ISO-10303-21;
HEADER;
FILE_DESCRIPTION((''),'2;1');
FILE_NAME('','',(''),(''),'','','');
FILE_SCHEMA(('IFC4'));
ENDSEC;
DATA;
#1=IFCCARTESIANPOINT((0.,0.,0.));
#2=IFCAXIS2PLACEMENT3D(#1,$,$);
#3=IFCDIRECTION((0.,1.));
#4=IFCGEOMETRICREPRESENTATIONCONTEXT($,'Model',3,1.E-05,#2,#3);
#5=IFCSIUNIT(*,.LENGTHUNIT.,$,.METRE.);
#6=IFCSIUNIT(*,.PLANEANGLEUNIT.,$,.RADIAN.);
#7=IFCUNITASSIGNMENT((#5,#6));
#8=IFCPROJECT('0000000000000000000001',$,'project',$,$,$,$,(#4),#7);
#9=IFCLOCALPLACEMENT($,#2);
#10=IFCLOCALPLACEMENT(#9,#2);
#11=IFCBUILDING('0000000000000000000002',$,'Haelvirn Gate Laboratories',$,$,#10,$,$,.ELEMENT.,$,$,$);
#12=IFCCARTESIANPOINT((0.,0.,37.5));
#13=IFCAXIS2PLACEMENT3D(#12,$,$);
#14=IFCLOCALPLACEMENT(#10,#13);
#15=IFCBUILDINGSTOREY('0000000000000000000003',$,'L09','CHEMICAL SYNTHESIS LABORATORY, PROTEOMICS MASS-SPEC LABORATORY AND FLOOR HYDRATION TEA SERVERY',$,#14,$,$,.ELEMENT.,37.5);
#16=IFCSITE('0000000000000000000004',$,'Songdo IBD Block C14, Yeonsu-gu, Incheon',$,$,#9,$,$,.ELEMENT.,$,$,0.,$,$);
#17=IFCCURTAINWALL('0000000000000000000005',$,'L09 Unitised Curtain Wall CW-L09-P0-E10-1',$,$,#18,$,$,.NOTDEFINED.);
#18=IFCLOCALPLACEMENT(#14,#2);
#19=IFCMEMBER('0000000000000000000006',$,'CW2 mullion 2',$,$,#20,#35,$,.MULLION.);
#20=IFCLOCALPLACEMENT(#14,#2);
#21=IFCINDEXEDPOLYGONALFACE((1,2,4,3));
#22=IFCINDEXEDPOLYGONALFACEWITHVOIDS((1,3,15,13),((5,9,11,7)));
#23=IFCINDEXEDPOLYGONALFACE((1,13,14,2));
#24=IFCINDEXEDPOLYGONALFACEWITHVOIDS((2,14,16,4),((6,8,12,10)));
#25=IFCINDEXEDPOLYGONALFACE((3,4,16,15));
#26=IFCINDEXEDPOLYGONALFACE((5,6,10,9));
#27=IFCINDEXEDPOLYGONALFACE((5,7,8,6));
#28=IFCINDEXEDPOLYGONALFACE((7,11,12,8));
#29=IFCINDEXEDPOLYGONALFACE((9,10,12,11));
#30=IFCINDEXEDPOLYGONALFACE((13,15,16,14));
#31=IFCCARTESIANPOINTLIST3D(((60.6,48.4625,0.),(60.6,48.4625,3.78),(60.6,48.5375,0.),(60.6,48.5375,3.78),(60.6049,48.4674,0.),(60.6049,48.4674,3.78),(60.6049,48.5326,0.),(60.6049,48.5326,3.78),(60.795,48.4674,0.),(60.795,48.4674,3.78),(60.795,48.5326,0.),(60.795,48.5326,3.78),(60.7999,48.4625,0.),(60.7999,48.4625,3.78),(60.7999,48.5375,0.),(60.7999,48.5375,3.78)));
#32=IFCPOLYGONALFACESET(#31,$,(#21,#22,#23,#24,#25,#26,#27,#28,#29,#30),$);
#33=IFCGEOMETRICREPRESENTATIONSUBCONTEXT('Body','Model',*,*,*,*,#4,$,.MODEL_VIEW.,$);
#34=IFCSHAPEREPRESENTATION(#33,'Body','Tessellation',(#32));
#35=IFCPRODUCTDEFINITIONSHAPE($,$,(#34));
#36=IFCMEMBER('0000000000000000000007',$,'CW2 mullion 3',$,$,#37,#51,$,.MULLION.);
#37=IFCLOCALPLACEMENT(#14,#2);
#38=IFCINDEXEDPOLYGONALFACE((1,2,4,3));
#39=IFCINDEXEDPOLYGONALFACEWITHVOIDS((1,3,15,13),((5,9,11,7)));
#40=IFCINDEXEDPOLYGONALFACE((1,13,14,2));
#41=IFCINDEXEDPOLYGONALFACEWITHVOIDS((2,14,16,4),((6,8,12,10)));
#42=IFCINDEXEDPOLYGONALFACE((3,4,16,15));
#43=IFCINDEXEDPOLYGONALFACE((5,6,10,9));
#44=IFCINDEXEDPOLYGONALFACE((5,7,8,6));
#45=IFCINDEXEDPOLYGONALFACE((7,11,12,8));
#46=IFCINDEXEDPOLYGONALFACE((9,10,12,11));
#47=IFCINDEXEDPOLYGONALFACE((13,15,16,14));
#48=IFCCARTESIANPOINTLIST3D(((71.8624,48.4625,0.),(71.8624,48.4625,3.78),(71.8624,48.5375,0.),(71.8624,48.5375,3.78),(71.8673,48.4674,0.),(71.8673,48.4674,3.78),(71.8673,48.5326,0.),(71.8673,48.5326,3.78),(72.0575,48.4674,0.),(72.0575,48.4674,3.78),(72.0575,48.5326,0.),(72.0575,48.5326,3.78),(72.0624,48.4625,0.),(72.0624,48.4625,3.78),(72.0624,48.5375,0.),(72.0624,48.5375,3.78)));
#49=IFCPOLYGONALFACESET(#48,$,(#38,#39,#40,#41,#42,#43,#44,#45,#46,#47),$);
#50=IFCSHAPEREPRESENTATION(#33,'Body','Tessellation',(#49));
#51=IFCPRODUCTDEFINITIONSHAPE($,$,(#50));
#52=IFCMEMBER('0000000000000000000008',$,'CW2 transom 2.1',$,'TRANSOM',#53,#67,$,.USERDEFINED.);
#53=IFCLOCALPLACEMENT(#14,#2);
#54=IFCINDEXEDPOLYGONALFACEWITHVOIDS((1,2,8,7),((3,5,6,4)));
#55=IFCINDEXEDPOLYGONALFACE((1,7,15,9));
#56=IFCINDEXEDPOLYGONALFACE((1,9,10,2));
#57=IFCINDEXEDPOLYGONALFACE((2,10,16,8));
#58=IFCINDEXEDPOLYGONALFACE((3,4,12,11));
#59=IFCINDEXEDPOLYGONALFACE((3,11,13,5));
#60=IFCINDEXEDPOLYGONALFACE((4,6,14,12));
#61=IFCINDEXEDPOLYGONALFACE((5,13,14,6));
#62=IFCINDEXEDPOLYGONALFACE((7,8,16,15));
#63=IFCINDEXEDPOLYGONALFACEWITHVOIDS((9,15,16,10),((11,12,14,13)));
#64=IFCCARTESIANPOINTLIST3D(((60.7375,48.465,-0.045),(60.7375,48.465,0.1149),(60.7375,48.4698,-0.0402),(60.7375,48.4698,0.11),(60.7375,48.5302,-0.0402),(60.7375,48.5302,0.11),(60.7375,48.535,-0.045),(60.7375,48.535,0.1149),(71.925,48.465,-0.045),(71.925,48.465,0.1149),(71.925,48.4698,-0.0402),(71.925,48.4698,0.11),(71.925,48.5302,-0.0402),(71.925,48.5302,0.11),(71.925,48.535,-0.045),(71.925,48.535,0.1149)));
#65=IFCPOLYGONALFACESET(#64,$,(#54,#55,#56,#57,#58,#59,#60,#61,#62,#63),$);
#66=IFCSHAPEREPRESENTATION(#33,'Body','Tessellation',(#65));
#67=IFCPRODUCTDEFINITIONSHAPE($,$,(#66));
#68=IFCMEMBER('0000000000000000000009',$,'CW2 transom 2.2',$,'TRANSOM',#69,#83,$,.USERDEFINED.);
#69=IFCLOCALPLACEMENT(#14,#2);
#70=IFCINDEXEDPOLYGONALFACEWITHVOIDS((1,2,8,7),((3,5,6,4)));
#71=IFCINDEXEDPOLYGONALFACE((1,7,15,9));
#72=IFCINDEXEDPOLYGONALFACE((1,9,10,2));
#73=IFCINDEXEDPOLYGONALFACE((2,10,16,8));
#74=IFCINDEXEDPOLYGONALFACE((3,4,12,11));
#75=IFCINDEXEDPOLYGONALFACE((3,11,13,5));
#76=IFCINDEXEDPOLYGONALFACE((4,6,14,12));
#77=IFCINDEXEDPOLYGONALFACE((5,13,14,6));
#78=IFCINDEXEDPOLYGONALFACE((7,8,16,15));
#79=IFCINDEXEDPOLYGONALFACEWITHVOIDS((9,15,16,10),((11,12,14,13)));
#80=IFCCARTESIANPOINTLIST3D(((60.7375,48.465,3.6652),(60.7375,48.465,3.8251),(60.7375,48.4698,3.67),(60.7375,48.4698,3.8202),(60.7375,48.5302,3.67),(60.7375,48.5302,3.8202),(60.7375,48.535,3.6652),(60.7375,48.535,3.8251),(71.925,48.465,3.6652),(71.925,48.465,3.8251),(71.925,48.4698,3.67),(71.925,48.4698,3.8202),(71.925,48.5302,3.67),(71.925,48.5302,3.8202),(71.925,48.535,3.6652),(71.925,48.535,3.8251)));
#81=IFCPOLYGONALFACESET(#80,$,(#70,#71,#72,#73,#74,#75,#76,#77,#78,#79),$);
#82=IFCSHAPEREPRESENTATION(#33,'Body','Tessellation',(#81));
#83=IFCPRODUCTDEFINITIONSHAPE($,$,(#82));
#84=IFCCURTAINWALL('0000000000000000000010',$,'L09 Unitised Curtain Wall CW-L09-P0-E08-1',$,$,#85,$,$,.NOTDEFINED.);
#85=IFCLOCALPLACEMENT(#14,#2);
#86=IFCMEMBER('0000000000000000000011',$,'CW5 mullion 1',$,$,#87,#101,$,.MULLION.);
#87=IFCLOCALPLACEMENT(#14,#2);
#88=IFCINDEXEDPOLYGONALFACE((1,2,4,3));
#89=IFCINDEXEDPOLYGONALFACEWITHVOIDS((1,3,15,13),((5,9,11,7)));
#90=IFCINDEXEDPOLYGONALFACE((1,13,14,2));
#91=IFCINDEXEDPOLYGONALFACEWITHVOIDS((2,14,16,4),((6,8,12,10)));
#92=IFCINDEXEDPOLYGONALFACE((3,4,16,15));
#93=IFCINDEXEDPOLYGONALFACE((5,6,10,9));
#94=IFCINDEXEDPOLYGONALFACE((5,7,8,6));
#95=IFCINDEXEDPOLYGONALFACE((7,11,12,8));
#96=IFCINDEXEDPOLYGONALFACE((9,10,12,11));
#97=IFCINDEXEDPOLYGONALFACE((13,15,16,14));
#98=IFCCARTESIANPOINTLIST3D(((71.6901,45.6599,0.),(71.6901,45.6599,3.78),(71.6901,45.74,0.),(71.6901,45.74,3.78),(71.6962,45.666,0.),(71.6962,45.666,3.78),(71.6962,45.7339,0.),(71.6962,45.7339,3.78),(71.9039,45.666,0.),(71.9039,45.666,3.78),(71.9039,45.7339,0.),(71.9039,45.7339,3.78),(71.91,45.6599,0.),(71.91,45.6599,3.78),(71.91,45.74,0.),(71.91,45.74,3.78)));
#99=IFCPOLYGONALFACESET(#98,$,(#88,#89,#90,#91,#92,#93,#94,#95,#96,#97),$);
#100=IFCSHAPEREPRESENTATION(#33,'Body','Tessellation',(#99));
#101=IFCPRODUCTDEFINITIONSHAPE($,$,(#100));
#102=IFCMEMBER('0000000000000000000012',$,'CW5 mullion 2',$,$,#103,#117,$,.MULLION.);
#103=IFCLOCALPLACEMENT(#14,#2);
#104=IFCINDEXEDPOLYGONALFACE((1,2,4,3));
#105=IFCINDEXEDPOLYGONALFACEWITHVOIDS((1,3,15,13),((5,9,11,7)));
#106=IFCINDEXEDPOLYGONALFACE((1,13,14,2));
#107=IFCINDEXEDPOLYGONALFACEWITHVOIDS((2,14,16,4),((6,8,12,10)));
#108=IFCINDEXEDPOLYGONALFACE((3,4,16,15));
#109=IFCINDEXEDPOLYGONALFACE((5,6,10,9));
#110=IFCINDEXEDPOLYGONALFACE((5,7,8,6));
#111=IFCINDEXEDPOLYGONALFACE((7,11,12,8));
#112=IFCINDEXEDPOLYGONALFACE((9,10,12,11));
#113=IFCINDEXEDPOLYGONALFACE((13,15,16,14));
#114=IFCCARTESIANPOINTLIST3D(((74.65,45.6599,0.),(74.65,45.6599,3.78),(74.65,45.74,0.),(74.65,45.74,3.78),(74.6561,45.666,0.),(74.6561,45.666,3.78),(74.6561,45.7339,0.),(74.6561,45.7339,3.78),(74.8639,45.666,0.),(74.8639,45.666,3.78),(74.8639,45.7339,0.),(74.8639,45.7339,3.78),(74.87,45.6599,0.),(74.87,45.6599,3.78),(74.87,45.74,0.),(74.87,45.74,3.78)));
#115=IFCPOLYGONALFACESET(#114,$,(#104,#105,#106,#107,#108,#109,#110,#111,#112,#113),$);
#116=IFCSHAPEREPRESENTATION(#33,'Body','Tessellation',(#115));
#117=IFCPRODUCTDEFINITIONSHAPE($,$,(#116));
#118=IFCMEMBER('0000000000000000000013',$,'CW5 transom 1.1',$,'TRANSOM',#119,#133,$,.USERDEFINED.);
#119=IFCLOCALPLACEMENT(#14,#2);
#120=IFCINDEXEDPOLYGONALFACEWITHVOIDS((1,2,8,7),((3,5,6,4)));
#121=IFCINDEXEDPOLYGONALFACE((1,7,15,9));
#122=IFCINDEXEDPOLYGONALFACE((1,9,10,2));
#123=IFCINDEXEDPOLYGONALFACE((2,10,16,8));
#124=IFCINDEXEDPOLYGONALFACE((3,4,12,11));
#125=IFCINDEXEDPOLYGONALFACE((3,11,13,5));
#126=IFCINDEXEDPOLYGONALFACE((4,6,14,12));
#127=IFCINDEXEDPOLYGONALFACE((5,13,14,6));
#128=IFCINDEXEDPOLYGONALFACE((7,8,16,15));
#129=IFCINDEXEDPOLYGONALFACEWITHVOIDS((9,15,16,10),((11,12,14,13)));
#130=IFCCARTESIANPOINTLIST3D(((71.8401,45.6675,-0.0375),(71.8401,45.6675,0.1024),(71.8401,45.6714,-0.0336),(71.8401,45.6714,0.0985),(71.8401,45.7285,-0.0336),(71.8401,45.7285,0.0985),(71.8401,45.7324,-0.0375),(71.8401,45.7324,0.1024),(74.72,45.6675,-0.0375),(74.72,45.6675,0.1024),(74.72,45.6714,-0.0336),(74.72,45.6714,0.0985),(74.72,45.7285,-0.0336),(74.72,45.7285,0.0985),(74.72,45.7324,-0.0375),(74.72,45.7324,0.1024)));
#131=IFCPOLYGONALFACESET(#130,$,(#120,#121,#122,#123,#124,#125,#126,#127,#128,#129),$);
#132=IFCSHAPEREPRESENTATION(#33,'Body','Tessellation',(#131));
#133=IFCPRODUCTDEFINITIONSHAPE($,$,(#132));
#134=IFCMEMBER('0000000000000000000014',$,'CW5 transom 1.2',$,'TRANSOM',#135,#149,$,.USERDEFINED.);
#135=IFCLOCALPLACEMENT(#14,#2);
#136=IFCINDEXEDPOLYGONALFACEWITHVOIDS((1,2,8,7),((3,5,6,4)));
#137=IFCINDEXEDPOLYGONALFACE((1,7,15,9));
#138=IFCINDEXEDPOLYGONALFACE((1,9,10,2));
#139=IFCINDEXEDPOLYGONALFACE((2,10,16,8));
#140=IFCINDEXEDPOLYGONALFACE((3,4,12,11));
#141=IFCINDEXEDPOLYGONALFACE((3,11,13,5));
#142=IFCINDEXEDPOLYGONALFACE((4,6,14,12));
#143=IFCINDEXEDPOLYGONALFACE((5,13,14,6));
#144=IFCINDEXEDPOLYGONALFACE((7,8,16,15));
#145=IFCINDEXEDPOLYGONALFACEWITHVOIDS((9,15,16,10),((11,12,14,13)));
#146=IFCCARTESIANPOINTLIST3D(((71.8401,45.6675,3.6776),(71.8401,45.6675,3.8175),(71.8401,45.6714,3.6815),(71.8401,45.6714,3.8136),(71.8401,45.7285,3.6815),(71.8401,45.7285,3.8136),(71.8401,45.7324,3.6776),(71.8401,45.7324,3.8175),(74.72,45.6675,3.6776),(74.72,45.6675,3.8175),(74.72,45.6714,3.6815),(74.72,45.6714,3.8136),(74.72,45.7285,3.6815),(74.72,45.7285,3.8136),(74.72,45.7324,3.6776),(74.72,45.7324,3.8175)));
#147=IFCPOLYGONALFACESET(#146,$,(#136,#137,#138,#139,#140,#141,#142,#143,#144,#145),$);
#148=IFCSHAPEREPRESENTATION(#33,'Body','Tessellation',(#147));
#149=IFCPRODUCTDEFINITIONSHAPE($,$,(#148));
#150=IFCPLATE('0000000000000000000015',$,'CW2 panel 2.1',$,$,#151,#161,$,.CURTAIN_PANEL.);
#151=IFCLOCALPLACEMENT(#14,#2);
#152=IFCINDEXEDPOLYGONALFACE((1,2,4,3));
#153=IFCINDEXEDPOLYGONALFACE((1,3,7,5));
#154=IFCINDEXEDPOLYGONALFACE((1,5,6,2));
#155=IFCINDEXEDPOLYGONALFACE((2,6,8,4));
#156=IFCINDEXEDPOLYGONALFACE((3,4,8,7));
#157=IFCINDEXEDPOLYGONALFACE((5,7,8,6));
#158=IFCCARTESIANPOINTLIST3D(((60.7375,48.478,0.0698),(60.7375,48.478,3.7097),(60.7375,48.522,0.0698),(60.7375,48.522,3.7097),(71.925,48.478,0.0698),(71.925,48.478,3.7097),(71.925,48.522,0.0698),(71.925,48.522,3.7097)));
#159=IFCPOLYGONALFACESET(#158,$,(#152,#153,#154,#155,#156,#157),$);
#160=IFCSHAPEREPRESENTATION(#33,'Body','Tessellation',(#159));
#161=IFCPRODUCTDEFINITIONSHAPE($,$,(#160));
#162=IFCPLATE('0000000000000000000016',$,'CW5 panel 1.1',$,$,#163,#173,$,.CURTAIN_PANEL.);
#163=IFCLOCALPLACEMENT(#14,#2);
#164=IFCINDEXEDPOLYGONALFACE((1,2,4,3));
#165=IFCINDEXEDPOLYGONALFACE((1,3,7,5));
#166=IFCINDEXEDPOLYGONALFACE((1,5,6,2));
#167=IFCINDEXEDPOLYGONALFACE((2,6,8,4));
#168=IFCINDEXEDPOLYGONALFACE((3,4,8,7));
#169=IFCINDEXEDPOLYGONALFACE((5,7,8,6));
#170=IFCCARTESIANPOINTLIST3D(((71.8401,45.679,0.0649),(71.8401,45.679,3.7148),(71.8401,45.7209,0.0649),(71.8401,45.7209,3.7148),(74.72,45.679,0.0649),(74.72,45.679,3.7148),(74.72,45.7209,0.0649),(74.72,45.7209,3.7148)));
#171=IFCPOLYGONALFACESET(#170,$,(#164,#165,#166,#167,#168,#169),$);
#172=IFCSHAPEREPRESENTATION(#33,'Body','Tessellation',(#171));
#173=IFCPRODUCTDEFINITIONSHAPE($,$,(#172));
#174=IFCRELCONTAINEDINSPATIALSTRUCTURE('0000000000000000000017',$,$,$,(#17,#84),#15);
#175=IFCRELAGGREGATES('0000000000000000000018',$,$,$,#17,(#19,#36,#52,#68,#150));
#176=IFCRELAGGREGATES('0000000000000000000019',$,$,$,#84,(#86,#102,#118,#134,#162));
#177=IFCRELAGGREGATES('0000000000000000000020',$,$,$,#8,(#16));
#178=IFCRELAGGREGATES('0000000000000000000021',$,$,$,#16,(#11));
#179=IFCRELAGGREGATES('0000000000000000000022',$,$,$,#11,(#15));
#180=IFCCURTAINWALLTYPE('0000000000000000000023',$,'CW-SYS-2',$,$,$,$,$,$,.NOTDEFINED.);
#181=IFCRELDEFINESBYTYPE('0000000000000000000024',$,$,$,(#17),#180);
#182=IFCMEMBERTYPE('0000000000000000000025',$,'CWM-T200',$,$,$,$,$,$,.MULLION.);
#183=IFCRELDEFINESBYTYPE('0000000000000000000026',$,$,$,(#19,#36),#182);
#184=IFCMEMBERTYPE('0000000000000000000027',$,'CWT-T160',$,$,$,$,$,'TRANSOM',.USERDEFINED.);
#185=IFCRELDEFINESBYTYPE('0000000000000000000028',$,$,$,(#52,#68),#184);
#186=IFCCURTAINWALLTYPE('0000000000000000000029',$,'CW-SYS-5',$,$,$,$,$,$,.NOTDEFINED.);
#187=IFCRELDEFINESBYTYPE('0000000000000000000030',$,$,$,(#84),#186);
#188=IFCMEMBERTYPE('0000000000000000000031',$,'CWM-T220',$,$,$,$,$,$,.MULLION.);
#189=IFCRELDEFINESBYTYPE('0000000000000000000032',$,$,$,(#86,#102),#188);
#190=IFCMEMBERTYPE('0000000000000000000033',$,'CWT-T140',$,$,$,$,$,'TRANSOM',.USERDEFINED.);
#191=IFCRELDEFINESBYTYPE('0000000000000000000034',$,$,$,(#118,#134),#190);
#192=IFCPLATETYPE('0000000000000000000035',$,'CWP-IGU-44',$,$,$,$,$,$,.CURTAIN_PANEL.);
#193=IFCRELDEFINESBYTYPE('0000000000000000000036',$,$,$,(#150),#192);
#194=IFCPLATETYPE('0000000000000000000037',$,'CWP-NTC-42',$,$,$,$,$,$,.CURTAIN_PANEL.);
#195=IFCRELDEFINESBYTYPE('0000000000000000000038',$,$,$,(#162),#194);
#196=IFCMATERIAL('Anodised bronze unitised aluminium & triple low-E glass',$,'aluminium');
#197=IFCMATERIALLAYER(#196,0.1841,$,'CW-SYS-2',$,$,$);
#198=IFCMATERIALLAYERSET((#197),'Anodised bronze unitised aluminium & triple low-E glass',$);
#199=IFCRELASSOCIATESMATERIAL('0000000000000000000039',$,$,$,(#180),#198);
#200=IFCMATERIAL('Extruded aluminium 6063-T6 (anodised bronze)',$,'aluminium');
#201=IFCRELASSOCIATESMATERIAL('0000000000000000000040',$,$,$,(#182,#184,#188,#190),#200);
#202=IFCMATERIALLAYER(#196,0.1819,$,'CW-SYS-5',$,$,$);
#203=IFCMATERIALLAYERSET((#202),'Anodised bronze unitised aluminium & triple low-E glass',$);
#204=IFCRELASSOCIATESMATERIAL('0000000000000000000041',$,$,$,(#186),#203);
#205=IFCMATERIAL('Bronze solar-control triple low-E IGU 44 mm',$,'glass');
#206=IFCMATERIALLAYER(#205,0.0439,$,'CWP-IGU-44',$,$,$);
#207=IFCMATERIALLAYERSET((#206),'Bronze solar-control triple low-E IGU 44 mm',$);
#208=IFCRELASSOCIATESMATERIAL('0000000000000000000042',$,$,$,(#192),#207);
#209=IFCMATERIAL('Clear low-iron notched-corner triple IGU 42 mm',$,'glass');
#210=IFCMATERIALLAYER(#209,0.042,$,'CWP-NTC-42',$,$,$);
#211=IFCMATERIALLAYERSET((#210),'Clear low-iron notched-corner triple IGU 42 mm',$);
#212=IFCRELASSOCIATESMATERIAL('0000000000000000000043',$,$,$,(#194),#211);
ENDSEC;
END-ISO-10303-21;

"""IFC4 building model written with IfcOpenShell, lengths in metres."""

from ifc_helpers import new_model, si_unit, direction, frame, origin, origin_2d, place, context, subcontext, project, spatial, rectangle, hollow_rectangle, extrude, source, transform, mapped, material, layer, layer_set, material_profile, profile_set, type_object, type_shapes, element, aggregate, save


model = new_model("IFC4")

# Units and contexts
model_context = context("Model", 3, precision=1e-05, world=origin(), true_north=direction((0.0, 1.0)))
body_context = subcontext(model_context, "Body", "Model", "MODEL_VIEW")
ifc_project = project(units=[si_unit("LENGTHUNIT", "METRE"), si_unit("PLANEANGLEUNIT", "RADIAN")], contexts=[model_context])

# Site, building, storey
site_placement = place(None, origin())
site = spatial("IfcSite", under=ifc_project, at=site_placement, Name="Songdo IBD Block C14, Yeonsu-gu, Incheon", CompositionType="ELEMENT", RefElevation=0.0)
building_placement = place(site_placement, origin())
building = spatial("IfcBuilding", under=site, at=building_placement, Name="Haelvirn Gate Laboratories", CompositionType="ELEMENT")
storey_placement = place(building_placement, frame((0.0, 0.0, 37.5)))
storey = spatial("IfcBuildingStorey", under=building, at=storey_placement, Name="L09", Description="CHEMICAL SYNTHESIS LABORATORY, PROTEOMICS MASS-SPEC LABORATORY AND FLOOR HYDRATION TEA SERVERY", CompositionType="ELEMENT", Elevation=37.5)

# Shared definitions
ifc_material_1 = material(Name="Anodised bronze unitised aluminium & triple low-E glass", Category="aluminium")
ifc_layer_1 = layer(ifc_material_1, 0.1841, Name="CW-SYS-2")
ifc_layer_set_1 = layer_set([ifc_layer_1], Name="Anodised bronze unitised aluminium & triple low-E glass")
curtain_wall_type_1 = type_object("IfcCurtainWallType", Name="CW-SYS-2", PredefinedType="NOTDEFINED", material=ifc_layer_set_1)
ifc_material_2 = material(Name="Extruded aluminium 6063-T6 (anodised bronze)", Category="aluminium")
ifc_material_profile_1 = material_profile(ifc_material_2, hollow_rectangle(XDim=0.075, YDim=0.2, WallThickness=0.0049, at=origin_2d()), Name="CWM-200x75x5")
ifc_profile_set_1 = profile_set([ifc_material_profile_1], Name="Extruded aluminium 6063-T6 (anodised bronze)")
member_type_1 = type_object("IfcMemberType", Name="CWM-T200", PredefinedType="MULLION", material=ifc_profile_set_1)
shared_shape_1 = source(origin(), body_context, "Body", "SweptSolid", [
    extrude(hollow_rectangle(XDim=0.075, YDim=0.2, WallThickness=0.0049, at=origin_2d()), origin(), (0.0, 0.0, 1.0), 3.78),
])
type_shapes(member_type_1, [shared_shape_1])

# Curtain walls, members
curtain_wall_1_placement = place(storey_placement, origin())
curtain_wall_1 = element("IfcCurtainWall", 1, at=curtain_wall_1_placement, inside=storey, type_object=curtain_wall_type_1, Name="L09 Unitised Curtain Wall CW-L09-P0-E10-1", PredefinedType="NOTDEFINED")
member_1_placement = place(storey_placement, frame((60.7, 48.5, 0.0), z_axis=(0.0, 0.0, 1.0), x_axis=(0.0, 1.0, 0.0)))
member_1 = element("IfcMember", 2, at=member_1_placement, type_object=member_type_1, Name="CW2 mullion 2", PredefinedType="MULLION", context=body_context, shape_type="MappedRepresentation", body=[
    mapped(shared_shape_1, transform((0.0, 0.0, 0.0), scale=1.0)),
])
member_2_placement = place(storey_placement, frame((71.9624, 48.5, 0.0), z_axis=(0.0, 0.0, 1.0), x_axis=(0.0, 1.0, 0.0)))
member_2 = element("IfcMember", 3, at=member_2_placement, type_object=member_type_1, Name="CW2 mullion 3", PredefinedType="MULLION", context=body_context, shape_type="MappedRepresentation", body=[
    mapped(shared_shape_1, transform((0.0, 0.0, 0.0), scale=1.0)),
])
ifc_material_profile_2 = material_profile(ifc_material_2, hollow_rectangle(XDim=0.0701, YDim=0.1599, WallThickness=0.0049, at=origin_2d()), Name="CWT-160x70x5")
ifc_profile_set_2 = profile_set([ifc_material_profile_2], Name="Extruded aluminium 6063-T6 (anodised bronze)")
member_type_2 = type_object("IfcMemberType", Name="CWT-T160", ElementType="TRANSOM", PredefinedType="USERDEFINED", material=ifc_profile_set_2)
shared_shape_2 = source(origin(), body_context, "Body", "SweptSolid", [
    extrude(hollow_rectangle(XDim=0.0701, YDim=0.1599, WallThickness=0.0049, at=origin_2d()), origin(), (0.0, 0.0, 1.0), 11.1875),
])
type_shapes(member_type_2, [shared_shape_2])
member_3_placement = place(storey_placement, frame((60.7375, 48.5, 0.0349), z_axis=(1.0, 0.0, 0.0), x_axis=(0.0, 1.0, 0.0)))
member_3 = element("IfcMember", 4, at=member_3_placement, type_object=member_type_2, Name="CW2 transom 2.1", ObjectType="TRANSOM", PredefinedType="USERDEFINED", context=body_context, shape_type="MappedRepresentation", body=[
    mapped(shared_shape_2, transform((0.0, 0.0, 0.0), scale=1.0)),
])
member_4_placement = place(storey_placement, frame((60.7375, 48.5, 3.7451), z_axis=(1.0, 0.0, 0.0), x_axis=(0.0, 1.0, 0.0)))
member_4 = element("IfcMember", 5, at=member_4_placement, type_object=member_type_2, Name="CW2 transom 2.2", ObjectType="TRANSOM", PredefinedType="USERDEFINED", context=body_context, shape_type="MappedRepresentation", body=[
    mapped(shared_shape_2, transform((0.0, 0.0, 0.0), scale=1.0)),
])
ifc_layer_2 = layer(ifc_material_1, 0.1819, Name="CW-SYS-5")
ifc_layer_set_2 = layer_set([ifc_layer_2], Name="Anodised bronze unitised aluminium & triple low-E glass")
curtain_wall_type_2 = type_object("IfcCurtainWallType", Name="CW-SYS-5", PredefinedType="NOTDEFINED", material=ifc_layer_set_2)
curtain_wall_2_placement = place(storey_placement, origin())
curtain_wall_2 = element("IfcCurtainWall", 6, at=curtain_wall_2_placement, inside=storey, type_object=curtain_wall_type_2, Name="L09 Unitised Curtain Wall CW-L09-P0-E08-1", PredefinedType="NOTDEFINED")
ifc_material_profile_3 = material_profile(ifc_material_2, hollow_rectangle(XDim=0.0801, YDim=0.22, WallThickness=0.0061, at=origin_2d()), Name="CWM-220x80x6")
ifc_profile_set_3 = profile_set([ifc_material_profile_3], Name="Extruded aluminium 6063-T6 (anodised bronze)")
member_type_3 = type_object("IfcMemberType", Name="CWM-T220", PredefinedType="MULLION", material=ifc_profile_set_3)
shared_shape_3 = source(origin(), body_context, "Body", "SweptSolid", [
    extrude(hollow_rectangle(XDim=0.0801, YDim=0.22, WallThickness=0.0061, at=origin_2d()), origin(), (0.0, 0.0, 1.0), 3.78),
])
type_shapes(member_type_3, [shared_shape_3])
member_5_placement = place(storey_placement, frame((71.8, 45.7, 0.0), z_axis=(0.0, 0.0, 1.0), x_axis=(0.0, 1.0, 0.0)))
member_5 = element("IfcMember", 7, at=member_5_placement, type_object=member_type_3, Name="CW5 mullion 1", PredefinedType="MULLION", context=body_context, shape_type="MappedRepresentation", body=[
    mapped(shared_shape_3, transform((0.0, 0.0, 0.0), scale=1.0)),
])
member_6_placement = place(storey_placement, frame((74.76, 45.7, 0.0), z_axis=(0.0, 0.0, 1.0), x_axis=(0.0, 1.0, 0.0)))
member_6 = element("IfcMember", 8, at=member_6_placement, type_object=member_type_3, Name="CW5 mullion 2", PredefinedType="MULLION", context=body_context, shape_type="MappedRepresentation", body=[
    mapped(shared_shape_3, transform((0.0, 0.0, 0.0), scale=1.0)),
])
ifc_material_profile_4 = material_profile(ifc_material_2, hollow_rectangle(XDim=0.0649, YDim=0.1399, WallThickness=0.0039, at=origin_2d()), Name="CWT-140x65x4")
ifc_profile_set_4 = profile_set([ifc_material_profile_4], Name="Extruded aluminium 6063-T6 (anodised bronze)")
member_type_4 = type_object("IfcMemberType", Name="CWT-T140", ElementType="TRANSOM", PredefinedType="USERDEFINED", material=ifc_profile_set_4)
shared_shape_4 = source(origin(), body_context, "Body", "SweptSolid", [
    extrude(hollow_rectangle(XDim=0.0649, YDim=0.1399, WallThickness=0.0039, at=origin_2d()), origin(), (0.0, 0.0, 1.0), 2.8799),
])
type_shapes(member_type_4, [shared_shape_4])
member_7_placement = place(storey_placement, frame((71.8401, 45.7, 0.0325), z_axis=(1.0, 0.0, 0.0), x_axis=(0.0, 1.0, 0.0)))
member_7 = element("IfcMember", 9, at=member_7_placement, type_object=member_type_4, Name="CW5 transom 1.1", ObjectType="TRANSOM", PredefinedType="USERDEFINED", context=body_context, shape_type="MappedRepresentation", body=[
    mapped(shared_shape_4, transform((0.0, 0.0, 0.0), scale=1.0)),
])
member_8_placement = place(storey_placement, frame((71.8401, 45.7, 3.7476), z_axis=(1.0, 0.0, 0.0), x_axis=(0.0, 1.0, 0.0)))
member_8 = element("IfcMember", 10, at=member_8_placement, type_object=member_type_4, Name="CW5 transom 1.2", ObjectType="TRANSOM", PredefinedType="USERDEFINED", context=body_context, shape_type="MappedRepresentation", body=[
    mapped(shared_shape_4, transform((0.0, 0.0, 0.0), scale=1.0)),
])

# Plates
ifc_material_3 = material(Name="Bronze solar-control triple low-E IGU 44 mm", Category="glass")
ifc_layer_3 = layer(ifc_material_3, 0.0439, Name="CWP-IGU-44")
ifc_layer_set_3 = layer_set([ifc_layer_3], Name="Bronze solar-control triple low-E IGU 44 mm")
plate_type_1 = type_object("IfcPlateType", Name="CWP-IGU-44", PredefinedType="CURTAIN_PANEL", material=ifc_layer_set_3)
shared_shape_5 = source(origin(), body_context, "Body", "SweptSolid", [
    extrude(rectangle(XDim=11.1875, YDim=0.0439, at=origin_2d()), origin(), (0.0, 0.0, 1.0), 3.6399),
])
plate_1_placement = place(storey_placement, frame((66.3313, 48.5, 0.0698), z_axis=(0.0, 0.0, 1.0), x_axis=(1.0, 0.0, 0.0)))
plate_1 = element("IfcPlate", 11, at=plate_1_placement, type_object=plate_type_1, Name="CW2 panel 2.1", PredefinedType="CURTAIN_PANEL", context=body_context, shape_type="MappedRepresentation", body=[
    mapped(shared_shape_5, transform((0.0, 0.0, 0.0), scale=1.0)),
])
aggregate(curtain_wall_1, [member_1, member_2, member_3, member_4, plate_1])
ifc_material_4 = material(Name="Clear low-iron notched-corner triple IGU 42 mm", Category="glass")
ifc_layer_4 = layer(ifc_material_4, 0.042, Name="CWP-NTC-42")
ifc_layer_set_4 = layer_set([ifc_layer_4], Name="Clear low-iron notched-corner triple IGU 42 mm")
plate_type_2 = type_object("IfcPlateType", Name="CWP-NTC-42", PredefinedType="CURTAIN_PANEL", material=ifc_layer_set_4)
shared_shape_6 = source(origin(), body_context, "Body", "SweptSolid", [
    extrude(rectangle(XDim=2.8799, YDim=0.042, at=origin_2d()), origin(), (0.0, 0.0, 1.0), 3.6499),
])
type_shapes(plate_type_2, [shared_shape_6])
plate_2_placement = place(storey_placement, frame((73.28, 45.7, 0.0649), z_axis=(0.0, 0.0, 1.0), x_axis=(1.0, 0.0, 0.0)))
plate_2 = element("IfcPlate", 12, at=plate_2_placement, type_object=plate_type_2, Name="CW5 panel 1.1", PredefinedType="CURTAIN_PANEL", context=body_context, shape_type="MappedRepresentation", body=[
    mapped(shared_shape_6, transform((0.0, 0.0, 0.0), scale=1.0)),
])
aggregate(curtain_wall_2, [member_5, member_6, member_7, member_8, plate_2])

save(model, "model.ifc")
